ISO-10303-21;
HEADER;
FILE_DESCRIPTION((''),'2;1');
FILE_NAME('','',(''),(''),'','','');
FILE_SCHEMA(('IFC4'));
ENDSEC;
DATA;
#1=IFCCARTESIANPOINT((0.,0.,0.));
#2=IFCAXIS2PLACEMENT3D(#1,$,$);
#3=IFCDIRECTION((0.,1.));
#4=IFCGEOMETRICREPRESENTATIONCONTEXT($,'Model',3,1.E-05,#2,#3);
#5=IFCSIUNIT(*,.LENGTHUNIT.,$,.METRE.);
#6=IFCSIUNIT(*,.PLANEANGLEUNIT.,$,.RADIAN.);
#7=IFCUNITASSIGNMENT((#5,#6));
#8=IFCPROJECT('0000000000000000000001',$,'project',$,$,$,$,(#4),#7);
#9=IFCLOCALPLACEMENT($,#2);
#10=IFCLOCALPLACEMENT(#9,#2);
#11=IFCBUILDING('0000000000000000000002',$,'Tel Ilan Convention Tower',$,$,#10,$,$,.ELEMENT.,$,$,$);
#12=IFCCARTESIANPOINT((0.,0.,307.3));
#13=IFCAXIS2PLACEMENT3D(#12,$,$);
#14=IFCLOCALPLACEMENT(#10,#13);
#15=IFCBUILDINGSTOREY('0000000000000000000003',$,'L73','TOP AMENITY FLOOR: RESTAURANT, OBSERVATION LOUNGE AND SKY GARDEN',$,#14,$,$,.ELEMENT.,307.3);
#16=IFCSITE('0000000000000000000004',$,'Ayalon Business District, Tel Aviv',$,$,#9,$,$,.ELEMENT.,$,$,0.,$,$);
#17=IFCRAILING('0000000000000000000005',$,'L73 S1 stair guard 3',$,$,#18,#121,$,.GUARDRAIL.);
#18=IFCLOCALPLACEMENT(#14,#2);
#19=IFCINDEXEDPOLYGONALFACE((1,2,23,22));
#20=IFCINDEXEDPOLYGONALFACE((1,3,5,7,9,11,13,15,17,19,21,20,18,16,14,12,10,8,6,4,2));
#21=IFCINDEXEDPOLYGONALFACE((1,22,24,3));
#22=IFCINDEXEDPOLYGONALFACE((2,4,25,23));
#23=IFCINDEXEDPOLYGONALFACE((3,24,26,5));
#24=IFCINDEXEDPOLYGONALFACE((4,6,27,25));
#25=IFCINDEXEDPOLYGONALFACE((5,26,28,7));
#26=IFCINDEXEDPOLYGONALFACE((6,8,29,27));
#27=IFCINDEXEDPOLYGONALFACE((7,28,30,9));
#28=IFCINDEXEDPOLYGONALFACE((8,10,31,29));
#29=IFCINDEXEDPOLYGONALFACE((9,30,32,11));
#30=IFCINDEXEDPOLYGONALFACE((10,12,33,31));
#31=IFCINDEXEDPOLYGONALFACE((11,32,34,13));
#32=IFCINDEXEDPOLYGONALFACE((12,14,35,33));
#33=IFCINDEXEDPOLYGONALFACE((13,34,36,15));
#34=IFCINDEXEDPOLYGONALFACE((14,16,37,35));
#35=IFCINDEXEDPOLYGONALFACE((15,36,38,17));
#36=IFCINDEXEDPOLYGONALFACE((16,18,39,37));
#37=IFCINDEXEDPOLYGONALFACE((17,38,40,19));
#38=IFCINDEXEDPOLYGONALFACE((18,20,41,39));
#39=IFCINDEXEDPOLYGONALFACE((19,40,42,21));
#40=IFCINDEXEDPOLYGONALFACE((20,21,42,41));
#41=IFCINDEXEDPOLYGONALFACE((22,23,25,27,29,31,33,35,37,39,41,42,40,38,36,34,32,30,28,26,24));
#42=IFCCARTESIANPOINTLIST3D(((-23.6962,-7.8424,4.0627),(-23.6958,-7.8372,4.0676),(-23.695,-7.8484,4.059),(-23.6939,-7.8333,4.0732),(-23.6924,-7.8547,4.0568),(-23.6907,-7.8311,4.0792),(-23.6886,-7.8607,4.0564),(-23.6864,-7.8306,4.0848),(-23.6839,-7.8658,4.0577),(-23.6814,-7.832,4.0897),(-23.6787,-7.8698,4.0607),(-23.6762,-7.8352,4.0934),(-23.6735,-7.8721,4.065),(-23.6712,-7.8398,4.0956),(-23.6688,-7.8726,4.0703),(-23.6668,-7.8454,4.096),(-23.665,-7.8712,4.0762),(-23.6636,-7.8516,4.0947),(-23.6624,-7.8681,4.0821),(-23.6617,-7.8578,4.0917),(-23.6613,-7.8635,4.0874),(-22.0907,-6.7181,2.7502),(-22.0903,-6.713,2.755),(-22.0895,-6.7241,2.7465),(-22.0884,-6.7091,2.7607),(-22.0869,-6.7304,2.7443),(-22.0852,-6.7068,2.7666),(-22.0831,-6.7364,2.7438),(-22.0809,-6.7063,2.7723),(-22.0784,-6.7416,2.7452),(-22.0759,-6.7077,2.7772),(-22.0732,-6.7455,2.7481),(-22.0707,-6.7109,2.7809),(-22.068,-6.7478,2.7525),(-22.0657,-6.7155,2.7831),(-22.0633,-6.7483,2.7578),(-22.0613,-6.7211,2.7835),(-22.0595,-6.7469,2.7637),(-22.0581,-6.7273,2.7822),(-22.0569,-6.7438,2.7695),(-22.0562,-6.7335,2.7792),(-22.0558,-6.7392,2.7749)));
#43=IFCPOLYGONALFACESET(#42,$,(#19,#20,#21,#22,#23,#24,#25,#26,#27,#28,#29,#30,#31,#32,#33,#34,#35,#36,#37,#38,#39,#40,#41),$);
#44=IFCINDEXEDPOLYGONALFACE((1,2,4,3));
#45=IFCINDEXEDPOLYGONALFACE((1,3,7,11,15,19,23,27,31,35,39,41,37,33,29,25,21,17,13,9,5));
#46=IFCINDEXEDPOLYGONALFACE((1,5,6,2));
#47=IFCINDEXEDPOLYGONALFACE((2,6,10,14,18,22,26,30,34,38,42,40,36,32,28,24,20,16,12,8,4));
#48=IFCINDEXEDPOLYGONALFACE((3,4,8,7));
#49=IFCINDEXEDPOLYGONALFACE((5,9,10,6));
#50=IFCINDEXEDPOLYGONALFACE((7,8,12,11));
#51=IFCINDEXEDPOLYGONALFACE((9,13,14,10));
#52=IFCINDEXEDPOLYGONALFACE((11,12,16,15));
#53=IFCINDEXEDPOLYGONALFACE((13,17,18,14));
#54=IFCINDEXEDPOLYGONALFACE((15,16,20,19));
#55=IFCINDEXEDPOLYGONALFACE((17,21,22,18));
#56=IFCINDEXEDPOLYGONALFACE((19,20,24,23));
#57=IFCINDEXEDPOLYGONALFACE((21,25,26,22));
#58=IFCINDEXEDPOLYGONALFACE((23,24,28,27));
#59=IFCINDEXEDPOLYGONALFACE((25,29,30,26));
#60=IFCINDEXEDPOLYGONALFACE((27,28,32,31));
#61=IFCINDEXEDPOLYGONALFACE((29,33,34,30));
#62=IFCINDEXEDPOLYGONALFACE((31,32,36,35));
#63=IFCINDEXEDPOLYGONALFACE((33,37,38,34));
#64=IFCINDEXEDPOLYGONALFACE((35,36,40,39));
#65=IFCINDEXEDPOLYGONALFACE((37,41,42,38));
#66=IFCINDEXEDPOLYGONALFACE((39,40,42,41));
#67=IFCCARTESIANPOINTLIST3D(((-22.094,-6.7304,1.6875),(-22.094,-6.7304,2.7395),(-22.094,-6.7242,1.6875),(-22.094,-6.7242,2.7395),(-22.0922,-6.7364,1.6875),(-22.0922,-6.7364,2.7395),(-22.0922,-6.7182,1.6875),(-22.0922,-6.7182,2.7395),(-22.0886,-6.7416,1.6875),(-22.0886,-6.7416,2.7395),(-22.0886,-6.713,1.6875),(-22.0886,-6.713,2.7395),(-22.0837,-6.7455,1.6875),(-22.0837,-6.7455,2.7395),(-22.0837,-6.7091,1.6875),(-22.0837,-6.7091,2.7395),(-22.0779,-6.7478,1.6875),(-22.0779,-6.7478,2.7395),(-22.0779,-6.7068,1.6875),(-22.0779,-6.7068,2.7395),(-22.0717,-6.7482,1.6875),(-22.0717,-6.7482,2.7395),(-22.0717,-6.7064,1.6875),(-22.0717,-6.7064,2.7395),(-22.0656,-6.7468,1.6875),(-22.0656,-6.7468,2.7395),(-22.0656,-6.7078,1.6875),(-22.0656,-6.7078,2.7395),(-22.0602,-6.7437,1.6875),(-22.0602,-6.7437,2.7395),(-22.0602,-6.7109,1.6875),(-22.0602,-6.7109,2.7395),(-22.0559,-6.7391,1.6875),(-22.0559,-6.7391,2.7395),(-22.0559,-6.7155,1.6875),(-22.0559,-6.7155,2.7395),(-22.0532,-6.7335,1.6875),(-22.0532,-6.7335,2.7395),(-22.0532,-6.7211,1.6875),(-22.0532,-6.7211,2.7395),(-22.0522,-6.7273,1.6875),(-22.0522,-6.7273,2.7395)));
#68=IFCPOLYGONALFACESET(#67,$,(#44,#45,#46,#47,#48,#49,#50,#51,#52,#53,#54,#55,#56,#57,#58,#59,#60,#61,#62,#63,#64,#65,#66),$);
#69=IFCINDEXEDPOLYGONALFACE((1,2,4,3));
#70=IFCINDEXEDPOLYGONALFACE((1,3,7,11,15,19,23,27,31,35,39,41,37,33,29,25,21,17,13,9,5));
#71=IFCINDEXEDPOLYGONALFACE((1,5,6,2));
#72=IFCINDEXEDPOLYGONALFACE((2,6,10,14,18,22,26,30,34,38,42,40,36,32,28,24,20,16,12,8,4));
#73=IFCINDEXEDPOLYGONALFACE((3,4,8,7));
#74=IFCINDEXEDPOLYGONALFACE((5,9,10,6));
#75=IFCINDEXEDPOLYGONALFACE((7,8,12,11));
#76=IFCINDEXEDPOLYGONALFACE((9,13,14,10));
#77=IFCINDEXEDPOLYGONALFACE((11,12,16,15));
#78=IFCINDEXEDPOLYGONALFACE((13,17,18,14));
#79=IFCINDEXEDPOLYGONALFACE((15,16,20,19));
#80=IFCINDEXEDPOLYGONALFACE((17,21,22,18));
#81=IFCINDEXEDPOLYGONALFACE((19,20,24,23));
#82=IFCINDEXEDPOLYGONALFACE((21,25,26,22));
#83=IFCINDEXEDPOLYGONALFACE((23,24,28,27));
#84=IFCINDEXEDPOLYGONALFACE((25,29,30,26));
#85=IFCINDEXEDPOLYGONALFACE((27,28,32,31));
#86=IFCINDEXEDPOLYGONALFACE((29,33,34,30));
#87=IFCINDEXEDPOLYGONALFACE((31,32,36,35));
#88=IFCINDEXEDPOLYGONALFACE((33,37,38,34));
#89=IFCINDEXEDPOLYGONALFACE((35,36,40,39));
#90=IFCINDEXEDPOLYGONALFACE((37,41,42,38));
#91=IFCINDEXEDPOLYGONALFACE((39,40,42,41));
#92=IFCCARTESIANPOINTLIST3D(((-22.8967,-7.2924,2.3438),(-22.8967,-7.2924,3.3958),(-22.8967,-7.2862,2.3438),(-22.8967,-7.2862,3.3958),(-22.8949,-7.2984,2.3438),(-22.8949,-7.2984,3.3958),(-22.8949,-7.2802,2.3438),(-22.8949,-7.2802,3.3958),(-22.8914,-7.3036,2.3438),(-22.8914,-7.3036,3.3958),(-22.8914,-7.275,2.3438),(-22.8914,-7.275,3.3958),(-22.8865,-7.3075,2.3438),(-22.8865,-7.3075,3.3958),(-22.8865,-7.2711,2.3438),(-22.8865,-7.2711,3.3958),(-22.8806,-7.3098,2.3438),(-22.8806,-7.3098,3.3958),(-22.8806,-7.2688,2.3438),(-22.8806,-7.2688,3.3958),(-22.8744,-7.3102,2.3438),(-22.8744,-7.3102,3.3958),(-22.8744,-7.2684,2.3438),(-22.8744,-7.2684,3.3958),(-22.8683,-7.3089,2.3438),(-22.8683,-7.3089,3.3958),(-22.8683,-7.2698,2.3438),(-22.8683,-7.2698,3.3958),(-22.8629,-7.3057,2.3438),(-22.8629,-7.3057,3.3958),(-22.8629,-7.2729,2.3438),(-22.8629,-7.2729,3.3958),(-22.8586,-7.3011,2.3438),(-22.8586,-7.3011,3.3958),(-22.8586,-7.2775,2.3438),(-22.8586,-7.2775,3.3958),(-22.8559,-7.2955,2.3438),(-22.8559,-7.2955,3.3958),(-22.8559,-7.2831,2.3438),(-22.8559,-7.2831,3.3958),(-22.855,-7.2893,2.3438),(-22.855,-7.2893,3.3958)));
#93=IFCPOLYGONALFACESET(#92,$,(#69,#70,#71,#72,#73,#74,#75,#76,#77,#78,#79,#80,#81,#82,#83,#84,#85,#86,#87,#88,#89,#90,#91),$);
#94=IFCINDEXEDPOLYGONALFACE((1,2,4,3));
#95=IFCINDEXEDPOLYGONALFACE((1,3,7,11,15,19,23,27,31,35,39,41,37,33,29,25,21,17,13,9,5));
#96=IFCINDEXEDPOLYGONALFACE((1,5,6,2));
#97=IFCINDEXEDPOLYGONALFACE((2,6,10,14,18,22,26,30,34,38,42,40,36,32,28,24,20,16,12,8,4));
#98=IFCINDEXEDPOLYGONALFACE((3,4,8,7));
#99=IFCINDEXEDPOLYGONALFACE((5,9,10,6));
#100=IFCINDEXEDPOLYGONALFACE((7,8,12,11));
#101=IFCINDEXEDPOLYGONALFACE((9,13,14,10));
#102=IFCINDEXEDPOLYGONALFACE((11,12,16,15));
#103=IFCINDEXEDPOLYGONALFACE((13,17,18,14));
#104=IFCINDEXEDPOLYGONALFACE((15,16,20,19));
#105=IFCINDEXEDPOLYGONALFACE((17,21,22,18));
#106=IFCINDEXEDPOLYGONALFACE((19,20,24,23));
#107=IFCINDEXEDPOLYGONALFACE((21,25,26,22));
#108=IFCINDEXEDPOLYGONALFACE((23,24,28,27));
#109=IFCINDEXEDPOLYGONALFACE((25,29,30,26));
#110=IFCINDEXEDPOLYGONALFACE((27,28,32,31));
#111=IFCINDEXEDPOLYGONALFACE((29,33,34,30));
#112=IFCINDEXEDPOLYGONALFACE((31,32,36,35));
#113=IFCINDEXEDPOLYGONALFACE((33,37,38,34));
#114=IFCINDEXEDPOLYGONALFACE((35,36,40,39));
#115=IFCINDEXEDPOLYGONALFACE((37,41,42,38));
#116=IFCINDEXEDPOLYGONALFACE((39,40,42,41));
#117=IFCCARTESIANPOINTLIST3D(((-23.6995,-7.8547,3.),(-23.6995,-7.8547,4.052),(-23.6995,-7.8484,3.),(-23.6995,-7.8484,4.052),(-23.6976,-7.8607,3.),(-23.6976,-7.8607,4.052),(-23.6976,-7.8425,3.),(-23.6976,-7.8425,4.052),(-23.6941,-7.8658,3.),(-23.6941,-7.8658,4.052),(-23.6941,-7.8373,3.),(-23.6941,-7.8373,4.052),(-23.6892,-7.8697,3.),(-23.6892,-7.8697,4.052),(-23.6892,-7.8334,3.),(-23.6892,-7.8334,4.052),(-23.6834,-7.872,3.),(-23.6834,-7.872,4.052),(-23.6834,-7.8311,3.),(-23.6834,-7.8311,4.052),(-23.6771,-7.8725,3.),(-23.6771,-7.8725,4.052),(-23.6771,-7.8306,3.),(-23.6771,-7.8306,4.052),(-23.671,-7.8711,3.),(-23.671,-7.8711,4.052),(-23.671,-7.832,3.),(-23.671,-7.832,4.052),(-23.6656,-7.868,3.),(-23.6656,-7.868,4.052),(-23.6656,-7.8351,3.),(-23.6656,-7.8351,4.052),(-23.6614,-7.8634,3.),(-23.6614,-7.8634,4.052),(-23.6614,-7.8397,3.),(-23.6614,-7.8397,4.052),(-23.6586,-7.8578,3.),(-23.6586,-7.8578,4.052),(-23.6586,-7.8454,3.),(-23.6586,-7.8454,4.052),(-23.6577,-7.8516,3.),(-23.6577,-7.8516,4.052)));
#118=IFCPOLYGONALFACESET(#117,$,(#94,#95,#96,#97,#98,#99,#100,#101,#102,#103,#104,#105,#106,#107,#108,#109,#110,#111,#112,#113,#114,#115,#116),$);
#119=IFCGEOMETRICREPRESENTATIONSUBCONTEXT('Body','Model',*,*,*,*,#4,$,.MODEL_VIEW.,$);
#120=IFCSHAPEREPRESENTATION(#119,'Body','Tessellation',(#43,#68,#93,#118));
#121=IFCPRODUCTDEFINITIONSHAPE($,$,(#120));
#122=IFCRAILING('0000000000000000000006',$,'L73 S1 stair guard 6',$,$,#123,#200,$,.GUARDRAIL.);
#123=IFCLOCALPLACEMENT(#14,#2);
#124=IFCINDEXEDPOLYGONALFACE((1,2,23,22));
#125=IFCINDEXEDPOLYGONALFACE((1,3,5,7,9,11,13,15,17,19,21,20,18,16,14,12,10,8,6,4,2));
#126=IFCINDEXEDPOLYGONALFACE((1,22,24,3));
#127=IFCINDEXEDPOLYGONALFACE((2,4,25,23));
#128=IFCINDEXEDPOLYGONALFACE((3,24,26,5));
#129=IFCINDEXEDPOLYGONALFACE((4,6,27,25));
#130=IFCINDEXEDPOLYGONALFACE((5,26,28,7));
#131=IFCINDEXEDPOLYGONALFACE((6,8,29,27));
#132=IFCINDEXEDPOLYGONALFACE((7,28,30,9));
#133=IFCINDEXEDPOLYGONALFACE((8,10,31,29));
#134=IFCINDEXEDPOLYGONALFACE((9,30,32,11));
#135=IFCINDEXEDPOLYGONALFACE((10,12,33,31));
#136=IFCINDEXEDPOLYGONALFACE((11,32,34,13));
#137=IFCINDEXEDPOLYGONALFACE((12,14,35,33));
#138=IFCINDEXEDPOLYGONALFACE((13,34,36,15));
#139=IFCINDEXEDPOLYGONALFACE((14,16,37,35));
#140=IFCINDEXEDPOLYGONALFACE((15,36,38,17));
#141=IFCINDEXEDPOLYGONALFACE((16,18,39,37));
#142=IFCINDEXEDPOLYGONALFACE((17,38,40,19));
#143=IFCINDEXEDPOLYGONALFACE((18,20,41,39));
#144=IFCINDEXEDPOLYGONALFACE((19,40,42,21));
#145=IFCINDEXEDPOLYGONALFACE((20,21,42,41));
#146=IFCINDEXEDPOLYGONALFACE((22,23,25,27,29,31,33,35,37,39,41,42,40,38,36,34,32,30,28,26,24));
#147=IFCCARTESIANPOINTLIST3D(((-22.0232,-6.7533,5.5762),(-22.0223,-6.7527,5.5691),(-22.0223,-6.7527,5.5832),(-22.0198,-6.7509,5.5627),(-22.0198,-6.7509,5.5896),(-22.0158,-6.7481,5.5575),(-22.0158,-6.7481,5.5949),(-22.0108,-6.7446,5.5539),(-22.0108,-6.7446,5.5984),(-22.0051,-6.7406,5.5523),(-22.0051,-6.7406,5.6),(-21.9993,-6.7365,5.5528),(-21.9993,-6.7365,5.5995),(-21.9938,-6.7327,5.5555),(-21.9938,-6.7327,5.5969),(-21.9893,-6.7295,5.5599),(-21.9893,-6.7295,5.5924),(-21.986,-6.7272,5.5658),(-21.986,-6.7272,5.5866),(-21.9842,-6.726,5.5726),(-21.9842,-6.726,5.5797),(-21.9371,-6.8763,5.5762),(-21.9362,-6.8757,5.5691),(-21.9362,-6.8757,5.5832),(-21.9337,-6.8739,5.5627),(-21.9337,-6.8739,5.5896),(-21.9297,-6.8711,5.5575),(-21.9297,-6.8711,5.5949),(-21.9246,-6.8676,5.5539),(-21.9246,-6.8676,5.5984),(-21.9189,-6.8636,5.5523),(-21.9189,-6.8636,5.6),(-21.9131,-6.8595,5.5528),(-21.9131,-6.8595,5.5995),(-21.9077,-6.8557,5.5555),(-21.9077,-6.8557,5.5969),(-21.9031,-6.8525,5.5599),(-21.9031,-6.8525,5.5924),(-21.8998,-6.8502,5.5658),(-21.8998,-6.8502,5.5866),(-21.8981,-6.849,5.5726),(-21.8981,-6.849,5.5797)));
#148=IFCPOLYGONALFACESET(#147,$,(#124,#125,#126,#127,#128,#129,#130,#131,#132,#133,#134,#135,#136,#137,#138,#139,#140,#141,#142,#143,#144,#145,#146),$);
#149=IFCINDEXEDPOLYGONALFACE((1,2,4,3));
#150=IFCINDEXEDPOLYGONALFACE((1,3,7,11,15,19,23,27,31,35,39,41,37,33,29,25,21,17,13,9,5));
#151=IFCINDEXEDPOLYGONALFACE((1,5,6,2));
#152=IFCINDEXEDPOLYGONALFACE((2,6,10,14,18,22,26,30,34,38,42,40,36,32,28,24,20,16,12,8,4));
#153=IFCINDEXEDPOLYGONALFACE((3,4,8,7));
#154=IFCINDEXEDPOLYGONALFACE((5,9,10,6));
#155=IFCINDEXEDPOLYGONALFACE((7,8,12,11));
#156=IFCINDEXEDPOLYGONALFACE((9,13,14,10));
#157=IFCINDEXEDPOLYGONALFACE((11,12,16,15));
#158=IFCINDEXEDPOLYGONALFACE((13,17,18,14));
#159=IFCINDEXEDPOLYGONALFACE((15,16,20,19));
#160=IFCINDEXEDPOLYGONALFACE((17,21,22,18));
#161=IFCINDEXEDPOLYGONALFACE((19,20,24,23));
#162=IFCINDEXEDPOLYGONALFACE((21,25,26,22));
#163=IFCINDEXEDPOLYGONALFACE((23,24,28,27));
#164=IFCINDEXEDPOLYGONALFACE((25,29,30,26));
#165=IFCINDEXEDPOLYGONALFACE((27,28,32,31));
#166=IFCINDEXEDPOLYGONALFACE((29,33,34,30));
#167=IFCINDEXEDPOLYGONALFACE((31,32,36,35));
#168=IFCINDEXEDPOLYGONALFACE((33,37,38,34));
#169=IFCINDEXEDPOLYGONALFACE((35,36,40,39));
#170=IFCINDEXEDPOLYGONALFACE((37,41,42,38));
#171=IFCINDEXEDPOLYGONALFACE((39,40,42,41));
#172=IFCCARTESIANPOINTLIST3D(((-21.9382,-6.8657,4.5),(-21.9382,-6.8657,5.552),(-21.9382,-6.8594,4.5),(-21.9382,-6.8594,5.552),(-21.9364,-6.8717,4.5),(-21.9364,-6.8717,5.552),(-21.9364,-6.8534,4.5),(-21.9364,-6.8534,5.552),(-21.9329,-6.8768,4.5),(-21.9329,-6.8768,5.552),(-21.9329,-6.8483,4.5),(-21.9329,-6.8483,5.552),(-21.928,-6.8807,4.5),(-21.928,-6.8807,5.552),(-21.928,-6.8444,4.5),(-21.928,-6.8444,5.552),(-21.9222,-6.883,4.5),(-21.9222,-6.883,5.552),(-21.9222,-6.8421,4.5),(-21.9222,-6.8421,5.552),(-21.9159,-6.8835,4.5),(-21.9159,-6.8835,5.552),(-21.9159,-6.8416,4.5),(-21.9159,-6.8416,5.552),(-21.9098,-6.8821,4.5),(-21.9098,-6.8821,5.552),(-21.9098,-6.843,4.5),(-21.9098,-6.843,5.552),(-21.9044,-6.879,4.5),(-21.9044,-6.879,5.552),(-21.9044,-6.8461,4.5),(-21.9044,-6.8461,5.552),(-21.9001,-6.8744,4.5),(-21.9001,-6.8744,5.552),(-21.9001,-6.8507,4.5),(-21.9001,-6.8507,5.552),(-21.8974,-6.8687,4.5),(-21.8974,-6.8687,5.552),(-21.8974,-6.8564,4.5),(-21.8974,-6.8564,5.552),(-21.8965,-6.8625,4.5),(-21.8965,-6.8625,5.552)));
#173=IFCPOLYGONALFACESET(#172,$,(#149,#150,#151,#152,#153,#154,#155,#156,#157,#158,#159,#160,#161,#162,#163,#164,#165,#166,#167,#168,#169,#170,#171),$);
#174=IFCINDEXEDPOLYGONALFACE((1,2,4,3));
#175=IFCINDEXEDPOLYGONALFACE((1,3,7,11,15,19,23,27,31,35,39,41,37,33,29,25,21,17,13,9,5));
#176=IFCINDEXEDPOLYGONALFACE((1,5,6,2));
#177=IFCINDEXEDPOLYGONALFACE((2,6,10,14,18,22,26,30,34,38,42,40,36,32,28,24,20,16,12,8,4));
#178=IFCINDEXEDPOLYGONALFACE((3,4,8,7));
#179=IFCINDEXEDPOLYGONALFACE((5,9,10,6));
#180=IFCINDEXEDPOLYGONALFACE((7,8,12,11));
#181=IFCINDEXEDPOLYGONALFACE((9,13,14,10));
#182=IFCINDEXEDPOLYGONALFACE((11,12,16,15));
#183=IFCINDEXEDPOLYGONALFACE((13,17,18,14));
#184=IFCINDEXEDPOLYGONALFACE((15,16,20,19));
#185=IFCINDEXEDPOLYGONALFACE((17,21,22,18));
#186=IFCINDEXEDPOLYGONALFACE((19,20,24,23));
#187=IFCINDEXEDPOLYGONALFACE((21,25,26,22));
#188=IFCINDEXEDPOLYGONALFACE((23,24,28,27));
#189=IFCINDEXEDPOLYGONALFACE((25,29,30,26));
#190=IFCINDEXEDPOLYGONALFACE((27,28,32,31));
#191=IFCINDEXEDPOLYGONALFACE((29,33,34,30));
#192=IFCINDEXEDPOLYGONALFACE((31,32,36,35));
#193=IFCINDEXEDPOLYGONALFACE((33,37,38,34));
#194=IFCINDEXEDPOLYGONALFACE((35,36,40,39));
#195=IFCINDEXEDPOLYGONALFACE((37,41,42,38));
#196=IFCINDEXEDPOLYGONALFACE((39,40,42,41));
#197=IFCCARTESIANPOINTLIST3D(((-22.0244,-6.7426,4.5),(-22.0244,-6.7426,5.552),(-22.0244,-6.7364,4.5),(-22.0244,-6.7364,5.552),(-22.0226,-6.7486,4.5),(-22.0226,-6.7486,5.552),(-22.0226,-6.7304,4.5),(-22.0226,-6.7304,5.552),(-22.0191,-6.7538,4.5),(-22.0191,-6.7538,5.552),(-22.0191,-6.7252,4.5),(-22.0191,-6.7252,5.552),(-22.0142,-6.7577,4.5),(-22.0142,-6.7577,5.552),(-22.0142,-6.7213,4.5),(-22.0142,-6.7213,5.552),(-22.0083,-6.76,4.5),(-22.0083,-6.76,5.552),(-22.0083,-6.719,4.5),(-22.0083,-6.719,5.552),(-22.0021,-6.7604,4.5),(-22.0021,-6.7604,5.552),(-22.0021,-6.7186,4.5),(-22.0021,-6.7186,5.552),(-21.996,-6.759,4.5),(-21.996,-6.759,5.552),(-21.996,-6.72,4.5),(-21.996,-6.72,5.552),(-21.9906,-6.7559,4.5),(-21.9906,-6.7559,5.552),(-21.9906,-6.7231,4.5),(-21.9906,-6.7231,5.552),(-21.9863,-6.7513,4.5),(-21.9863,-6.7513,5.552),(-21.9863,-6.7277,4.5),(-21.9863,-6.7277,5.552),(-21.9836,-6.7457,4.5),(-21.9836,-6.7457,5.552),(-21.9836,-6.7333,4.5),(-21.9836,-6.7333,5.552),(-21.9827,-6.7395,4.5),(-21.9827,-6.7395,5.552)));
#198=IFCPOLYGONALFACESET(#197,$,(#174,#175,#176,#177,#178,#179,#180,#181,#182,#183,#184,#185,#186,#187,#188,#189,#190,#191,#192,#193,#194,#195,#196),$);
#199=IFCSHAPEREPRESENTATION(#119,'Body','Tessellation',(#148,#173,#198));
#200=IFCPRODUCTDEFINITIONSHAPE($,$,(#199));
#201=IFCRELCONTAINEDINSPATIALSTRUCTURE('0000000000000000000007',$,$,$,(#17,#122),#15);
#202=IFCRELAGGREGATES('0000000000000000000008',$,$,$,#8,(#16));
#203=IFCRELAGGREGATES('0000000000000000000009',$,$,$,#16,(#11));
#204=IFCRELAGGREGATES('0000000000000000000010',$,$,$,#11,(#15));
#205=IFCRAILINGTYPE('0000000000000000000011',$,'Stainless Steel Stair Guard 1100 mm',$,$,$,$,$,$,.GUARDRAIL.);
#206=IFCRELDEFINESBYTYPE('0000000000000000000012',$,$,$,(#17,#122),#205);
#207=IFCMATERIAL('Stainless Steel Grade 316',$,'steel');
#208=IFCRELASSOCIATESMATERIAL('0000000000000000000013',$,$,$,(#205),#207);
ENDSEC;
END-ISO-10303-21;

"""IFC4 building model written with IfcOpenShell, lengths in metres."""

from ifc_helpers import new_model, si_unit, direction, frame, origin, origin_2d, place, context, subcontext, project, spatial, circle, extrude, material, type_object, element, save


model = new_model("IFC4")

# Units and contexts
model_context = context("Model", 3, precision=1e-05, world=origin(), true_north=direction((0.0, 1.0)))
body_context = subcontext(model_context, "Body", "Model", "MODEL_VIEW")
ifc_project = project(units=[si_unit("LENGTHUNIT", "METRE"), si_unit("PLANEANGLEUNIT", "RADIAN")], contexts=[model_context])

# Site, building, storey
site_placement = place(None, origin())
site = spatial("IfcSite", under=ifc_project, at=site_placement, Name="Ayalon Business District, Tel Aviv", CompositionType="ELEMENT", RefElevation=0.0)
building_placement = place(site_placement, origin())
building = spatial("IfcBuilding", under=site, at=building_placement, Name="Tel Ilan Convention Tower", CompositionType="ELEMENT")
storey_placement = place(building_placement, frame((0.0, 0.0, 307.3)))
storey = spatial("IfcBuildingStorey", under=building, at=storey_placement, Name="L73", Description="TOP AMENITY FLOOR: RESTAURANT, OBSERVATION LOUNGE AND SKY GARDEN", CompositionType="ELEMENT", Elevation=307.3)

# Railings
ifc_material_1 = material(Name="Stainless Steel Grade 316", Category="steel")
railing_type_1 = type_object("IfcRailingType", Name="Stainless Steel Stair Guard 1100 mm", PredefinedType="GUARDRAIL", material=ifc_material_1)
railing_1_placement = place(storey_placement, frame((-22.0732, -6.7273, 1.6875)))
element("IfcRailing", 1, at=railing_1_placement, inside=storey, type_object=railing_type_1, Name="L73 S1 stair guard 3", PredefinedType="GUARDRAIL", context=body_context, shape_type="SweptSolid", body=[
    extrude(circle(Radius=0.0239, at=origin_2d()), frame((0.0, 0.0, 1.0762), z_axis=(-0.680616, -0.476617, 0.556416), x_axis=(0.573613, -0.819127, 0.0)), (0.0, 0.0, 1.0), 2.3589),
    extrude(circle(Radius=0.021, at=origin_2d()), origin(), (0.0, 0.0, 1.0), 1.052),
    extrude(circle(Radius=0.021, at=origin_2d()), frame((-0.8027, -0.562, 0.6562)), (0.0, 0.0, 1.0), 1.052),
    extrude(circle(Radius=0.021, at=origin_2d()), frame((-1.6055, -1.1243, 1.3125)), (0.0, 0.0, 1.0), 1.052),
])
railing_2_placement = place(storey_placement, frame((-21.9175, -6.8625, 4.5)))
element("IfcRailing", 2, at=railing_2_placement, inside=storey, type_object=railing_type_1, Name="L73 S1 stair guard 6", PredefinedType="GUARDRAIL", context=body_context, shape_type="SweptSolid", body=[
    extrude(circle(Radius=0.0239, at=origin_2d()), frame((0.0, 0.0, 1.0762), z_axis=(-0.57368, 0.819079, 0.0), x_axis=(-0.819079, -0.57368, 0.0)), (0.0, 0.0, 1.0), 0.1501),
    extrude(circle(Radius=0.021, at=origin_2d()), origin(), (0.0, 0.0, 1.0), 1.052),
    extrude(circle(Radius=0.021, at=origin_2d()), frame((-0.0862, 0.123, 0.0)), (0.0, 0.0, 1.0), 1.052),
])

save(model, "model.ifc")
